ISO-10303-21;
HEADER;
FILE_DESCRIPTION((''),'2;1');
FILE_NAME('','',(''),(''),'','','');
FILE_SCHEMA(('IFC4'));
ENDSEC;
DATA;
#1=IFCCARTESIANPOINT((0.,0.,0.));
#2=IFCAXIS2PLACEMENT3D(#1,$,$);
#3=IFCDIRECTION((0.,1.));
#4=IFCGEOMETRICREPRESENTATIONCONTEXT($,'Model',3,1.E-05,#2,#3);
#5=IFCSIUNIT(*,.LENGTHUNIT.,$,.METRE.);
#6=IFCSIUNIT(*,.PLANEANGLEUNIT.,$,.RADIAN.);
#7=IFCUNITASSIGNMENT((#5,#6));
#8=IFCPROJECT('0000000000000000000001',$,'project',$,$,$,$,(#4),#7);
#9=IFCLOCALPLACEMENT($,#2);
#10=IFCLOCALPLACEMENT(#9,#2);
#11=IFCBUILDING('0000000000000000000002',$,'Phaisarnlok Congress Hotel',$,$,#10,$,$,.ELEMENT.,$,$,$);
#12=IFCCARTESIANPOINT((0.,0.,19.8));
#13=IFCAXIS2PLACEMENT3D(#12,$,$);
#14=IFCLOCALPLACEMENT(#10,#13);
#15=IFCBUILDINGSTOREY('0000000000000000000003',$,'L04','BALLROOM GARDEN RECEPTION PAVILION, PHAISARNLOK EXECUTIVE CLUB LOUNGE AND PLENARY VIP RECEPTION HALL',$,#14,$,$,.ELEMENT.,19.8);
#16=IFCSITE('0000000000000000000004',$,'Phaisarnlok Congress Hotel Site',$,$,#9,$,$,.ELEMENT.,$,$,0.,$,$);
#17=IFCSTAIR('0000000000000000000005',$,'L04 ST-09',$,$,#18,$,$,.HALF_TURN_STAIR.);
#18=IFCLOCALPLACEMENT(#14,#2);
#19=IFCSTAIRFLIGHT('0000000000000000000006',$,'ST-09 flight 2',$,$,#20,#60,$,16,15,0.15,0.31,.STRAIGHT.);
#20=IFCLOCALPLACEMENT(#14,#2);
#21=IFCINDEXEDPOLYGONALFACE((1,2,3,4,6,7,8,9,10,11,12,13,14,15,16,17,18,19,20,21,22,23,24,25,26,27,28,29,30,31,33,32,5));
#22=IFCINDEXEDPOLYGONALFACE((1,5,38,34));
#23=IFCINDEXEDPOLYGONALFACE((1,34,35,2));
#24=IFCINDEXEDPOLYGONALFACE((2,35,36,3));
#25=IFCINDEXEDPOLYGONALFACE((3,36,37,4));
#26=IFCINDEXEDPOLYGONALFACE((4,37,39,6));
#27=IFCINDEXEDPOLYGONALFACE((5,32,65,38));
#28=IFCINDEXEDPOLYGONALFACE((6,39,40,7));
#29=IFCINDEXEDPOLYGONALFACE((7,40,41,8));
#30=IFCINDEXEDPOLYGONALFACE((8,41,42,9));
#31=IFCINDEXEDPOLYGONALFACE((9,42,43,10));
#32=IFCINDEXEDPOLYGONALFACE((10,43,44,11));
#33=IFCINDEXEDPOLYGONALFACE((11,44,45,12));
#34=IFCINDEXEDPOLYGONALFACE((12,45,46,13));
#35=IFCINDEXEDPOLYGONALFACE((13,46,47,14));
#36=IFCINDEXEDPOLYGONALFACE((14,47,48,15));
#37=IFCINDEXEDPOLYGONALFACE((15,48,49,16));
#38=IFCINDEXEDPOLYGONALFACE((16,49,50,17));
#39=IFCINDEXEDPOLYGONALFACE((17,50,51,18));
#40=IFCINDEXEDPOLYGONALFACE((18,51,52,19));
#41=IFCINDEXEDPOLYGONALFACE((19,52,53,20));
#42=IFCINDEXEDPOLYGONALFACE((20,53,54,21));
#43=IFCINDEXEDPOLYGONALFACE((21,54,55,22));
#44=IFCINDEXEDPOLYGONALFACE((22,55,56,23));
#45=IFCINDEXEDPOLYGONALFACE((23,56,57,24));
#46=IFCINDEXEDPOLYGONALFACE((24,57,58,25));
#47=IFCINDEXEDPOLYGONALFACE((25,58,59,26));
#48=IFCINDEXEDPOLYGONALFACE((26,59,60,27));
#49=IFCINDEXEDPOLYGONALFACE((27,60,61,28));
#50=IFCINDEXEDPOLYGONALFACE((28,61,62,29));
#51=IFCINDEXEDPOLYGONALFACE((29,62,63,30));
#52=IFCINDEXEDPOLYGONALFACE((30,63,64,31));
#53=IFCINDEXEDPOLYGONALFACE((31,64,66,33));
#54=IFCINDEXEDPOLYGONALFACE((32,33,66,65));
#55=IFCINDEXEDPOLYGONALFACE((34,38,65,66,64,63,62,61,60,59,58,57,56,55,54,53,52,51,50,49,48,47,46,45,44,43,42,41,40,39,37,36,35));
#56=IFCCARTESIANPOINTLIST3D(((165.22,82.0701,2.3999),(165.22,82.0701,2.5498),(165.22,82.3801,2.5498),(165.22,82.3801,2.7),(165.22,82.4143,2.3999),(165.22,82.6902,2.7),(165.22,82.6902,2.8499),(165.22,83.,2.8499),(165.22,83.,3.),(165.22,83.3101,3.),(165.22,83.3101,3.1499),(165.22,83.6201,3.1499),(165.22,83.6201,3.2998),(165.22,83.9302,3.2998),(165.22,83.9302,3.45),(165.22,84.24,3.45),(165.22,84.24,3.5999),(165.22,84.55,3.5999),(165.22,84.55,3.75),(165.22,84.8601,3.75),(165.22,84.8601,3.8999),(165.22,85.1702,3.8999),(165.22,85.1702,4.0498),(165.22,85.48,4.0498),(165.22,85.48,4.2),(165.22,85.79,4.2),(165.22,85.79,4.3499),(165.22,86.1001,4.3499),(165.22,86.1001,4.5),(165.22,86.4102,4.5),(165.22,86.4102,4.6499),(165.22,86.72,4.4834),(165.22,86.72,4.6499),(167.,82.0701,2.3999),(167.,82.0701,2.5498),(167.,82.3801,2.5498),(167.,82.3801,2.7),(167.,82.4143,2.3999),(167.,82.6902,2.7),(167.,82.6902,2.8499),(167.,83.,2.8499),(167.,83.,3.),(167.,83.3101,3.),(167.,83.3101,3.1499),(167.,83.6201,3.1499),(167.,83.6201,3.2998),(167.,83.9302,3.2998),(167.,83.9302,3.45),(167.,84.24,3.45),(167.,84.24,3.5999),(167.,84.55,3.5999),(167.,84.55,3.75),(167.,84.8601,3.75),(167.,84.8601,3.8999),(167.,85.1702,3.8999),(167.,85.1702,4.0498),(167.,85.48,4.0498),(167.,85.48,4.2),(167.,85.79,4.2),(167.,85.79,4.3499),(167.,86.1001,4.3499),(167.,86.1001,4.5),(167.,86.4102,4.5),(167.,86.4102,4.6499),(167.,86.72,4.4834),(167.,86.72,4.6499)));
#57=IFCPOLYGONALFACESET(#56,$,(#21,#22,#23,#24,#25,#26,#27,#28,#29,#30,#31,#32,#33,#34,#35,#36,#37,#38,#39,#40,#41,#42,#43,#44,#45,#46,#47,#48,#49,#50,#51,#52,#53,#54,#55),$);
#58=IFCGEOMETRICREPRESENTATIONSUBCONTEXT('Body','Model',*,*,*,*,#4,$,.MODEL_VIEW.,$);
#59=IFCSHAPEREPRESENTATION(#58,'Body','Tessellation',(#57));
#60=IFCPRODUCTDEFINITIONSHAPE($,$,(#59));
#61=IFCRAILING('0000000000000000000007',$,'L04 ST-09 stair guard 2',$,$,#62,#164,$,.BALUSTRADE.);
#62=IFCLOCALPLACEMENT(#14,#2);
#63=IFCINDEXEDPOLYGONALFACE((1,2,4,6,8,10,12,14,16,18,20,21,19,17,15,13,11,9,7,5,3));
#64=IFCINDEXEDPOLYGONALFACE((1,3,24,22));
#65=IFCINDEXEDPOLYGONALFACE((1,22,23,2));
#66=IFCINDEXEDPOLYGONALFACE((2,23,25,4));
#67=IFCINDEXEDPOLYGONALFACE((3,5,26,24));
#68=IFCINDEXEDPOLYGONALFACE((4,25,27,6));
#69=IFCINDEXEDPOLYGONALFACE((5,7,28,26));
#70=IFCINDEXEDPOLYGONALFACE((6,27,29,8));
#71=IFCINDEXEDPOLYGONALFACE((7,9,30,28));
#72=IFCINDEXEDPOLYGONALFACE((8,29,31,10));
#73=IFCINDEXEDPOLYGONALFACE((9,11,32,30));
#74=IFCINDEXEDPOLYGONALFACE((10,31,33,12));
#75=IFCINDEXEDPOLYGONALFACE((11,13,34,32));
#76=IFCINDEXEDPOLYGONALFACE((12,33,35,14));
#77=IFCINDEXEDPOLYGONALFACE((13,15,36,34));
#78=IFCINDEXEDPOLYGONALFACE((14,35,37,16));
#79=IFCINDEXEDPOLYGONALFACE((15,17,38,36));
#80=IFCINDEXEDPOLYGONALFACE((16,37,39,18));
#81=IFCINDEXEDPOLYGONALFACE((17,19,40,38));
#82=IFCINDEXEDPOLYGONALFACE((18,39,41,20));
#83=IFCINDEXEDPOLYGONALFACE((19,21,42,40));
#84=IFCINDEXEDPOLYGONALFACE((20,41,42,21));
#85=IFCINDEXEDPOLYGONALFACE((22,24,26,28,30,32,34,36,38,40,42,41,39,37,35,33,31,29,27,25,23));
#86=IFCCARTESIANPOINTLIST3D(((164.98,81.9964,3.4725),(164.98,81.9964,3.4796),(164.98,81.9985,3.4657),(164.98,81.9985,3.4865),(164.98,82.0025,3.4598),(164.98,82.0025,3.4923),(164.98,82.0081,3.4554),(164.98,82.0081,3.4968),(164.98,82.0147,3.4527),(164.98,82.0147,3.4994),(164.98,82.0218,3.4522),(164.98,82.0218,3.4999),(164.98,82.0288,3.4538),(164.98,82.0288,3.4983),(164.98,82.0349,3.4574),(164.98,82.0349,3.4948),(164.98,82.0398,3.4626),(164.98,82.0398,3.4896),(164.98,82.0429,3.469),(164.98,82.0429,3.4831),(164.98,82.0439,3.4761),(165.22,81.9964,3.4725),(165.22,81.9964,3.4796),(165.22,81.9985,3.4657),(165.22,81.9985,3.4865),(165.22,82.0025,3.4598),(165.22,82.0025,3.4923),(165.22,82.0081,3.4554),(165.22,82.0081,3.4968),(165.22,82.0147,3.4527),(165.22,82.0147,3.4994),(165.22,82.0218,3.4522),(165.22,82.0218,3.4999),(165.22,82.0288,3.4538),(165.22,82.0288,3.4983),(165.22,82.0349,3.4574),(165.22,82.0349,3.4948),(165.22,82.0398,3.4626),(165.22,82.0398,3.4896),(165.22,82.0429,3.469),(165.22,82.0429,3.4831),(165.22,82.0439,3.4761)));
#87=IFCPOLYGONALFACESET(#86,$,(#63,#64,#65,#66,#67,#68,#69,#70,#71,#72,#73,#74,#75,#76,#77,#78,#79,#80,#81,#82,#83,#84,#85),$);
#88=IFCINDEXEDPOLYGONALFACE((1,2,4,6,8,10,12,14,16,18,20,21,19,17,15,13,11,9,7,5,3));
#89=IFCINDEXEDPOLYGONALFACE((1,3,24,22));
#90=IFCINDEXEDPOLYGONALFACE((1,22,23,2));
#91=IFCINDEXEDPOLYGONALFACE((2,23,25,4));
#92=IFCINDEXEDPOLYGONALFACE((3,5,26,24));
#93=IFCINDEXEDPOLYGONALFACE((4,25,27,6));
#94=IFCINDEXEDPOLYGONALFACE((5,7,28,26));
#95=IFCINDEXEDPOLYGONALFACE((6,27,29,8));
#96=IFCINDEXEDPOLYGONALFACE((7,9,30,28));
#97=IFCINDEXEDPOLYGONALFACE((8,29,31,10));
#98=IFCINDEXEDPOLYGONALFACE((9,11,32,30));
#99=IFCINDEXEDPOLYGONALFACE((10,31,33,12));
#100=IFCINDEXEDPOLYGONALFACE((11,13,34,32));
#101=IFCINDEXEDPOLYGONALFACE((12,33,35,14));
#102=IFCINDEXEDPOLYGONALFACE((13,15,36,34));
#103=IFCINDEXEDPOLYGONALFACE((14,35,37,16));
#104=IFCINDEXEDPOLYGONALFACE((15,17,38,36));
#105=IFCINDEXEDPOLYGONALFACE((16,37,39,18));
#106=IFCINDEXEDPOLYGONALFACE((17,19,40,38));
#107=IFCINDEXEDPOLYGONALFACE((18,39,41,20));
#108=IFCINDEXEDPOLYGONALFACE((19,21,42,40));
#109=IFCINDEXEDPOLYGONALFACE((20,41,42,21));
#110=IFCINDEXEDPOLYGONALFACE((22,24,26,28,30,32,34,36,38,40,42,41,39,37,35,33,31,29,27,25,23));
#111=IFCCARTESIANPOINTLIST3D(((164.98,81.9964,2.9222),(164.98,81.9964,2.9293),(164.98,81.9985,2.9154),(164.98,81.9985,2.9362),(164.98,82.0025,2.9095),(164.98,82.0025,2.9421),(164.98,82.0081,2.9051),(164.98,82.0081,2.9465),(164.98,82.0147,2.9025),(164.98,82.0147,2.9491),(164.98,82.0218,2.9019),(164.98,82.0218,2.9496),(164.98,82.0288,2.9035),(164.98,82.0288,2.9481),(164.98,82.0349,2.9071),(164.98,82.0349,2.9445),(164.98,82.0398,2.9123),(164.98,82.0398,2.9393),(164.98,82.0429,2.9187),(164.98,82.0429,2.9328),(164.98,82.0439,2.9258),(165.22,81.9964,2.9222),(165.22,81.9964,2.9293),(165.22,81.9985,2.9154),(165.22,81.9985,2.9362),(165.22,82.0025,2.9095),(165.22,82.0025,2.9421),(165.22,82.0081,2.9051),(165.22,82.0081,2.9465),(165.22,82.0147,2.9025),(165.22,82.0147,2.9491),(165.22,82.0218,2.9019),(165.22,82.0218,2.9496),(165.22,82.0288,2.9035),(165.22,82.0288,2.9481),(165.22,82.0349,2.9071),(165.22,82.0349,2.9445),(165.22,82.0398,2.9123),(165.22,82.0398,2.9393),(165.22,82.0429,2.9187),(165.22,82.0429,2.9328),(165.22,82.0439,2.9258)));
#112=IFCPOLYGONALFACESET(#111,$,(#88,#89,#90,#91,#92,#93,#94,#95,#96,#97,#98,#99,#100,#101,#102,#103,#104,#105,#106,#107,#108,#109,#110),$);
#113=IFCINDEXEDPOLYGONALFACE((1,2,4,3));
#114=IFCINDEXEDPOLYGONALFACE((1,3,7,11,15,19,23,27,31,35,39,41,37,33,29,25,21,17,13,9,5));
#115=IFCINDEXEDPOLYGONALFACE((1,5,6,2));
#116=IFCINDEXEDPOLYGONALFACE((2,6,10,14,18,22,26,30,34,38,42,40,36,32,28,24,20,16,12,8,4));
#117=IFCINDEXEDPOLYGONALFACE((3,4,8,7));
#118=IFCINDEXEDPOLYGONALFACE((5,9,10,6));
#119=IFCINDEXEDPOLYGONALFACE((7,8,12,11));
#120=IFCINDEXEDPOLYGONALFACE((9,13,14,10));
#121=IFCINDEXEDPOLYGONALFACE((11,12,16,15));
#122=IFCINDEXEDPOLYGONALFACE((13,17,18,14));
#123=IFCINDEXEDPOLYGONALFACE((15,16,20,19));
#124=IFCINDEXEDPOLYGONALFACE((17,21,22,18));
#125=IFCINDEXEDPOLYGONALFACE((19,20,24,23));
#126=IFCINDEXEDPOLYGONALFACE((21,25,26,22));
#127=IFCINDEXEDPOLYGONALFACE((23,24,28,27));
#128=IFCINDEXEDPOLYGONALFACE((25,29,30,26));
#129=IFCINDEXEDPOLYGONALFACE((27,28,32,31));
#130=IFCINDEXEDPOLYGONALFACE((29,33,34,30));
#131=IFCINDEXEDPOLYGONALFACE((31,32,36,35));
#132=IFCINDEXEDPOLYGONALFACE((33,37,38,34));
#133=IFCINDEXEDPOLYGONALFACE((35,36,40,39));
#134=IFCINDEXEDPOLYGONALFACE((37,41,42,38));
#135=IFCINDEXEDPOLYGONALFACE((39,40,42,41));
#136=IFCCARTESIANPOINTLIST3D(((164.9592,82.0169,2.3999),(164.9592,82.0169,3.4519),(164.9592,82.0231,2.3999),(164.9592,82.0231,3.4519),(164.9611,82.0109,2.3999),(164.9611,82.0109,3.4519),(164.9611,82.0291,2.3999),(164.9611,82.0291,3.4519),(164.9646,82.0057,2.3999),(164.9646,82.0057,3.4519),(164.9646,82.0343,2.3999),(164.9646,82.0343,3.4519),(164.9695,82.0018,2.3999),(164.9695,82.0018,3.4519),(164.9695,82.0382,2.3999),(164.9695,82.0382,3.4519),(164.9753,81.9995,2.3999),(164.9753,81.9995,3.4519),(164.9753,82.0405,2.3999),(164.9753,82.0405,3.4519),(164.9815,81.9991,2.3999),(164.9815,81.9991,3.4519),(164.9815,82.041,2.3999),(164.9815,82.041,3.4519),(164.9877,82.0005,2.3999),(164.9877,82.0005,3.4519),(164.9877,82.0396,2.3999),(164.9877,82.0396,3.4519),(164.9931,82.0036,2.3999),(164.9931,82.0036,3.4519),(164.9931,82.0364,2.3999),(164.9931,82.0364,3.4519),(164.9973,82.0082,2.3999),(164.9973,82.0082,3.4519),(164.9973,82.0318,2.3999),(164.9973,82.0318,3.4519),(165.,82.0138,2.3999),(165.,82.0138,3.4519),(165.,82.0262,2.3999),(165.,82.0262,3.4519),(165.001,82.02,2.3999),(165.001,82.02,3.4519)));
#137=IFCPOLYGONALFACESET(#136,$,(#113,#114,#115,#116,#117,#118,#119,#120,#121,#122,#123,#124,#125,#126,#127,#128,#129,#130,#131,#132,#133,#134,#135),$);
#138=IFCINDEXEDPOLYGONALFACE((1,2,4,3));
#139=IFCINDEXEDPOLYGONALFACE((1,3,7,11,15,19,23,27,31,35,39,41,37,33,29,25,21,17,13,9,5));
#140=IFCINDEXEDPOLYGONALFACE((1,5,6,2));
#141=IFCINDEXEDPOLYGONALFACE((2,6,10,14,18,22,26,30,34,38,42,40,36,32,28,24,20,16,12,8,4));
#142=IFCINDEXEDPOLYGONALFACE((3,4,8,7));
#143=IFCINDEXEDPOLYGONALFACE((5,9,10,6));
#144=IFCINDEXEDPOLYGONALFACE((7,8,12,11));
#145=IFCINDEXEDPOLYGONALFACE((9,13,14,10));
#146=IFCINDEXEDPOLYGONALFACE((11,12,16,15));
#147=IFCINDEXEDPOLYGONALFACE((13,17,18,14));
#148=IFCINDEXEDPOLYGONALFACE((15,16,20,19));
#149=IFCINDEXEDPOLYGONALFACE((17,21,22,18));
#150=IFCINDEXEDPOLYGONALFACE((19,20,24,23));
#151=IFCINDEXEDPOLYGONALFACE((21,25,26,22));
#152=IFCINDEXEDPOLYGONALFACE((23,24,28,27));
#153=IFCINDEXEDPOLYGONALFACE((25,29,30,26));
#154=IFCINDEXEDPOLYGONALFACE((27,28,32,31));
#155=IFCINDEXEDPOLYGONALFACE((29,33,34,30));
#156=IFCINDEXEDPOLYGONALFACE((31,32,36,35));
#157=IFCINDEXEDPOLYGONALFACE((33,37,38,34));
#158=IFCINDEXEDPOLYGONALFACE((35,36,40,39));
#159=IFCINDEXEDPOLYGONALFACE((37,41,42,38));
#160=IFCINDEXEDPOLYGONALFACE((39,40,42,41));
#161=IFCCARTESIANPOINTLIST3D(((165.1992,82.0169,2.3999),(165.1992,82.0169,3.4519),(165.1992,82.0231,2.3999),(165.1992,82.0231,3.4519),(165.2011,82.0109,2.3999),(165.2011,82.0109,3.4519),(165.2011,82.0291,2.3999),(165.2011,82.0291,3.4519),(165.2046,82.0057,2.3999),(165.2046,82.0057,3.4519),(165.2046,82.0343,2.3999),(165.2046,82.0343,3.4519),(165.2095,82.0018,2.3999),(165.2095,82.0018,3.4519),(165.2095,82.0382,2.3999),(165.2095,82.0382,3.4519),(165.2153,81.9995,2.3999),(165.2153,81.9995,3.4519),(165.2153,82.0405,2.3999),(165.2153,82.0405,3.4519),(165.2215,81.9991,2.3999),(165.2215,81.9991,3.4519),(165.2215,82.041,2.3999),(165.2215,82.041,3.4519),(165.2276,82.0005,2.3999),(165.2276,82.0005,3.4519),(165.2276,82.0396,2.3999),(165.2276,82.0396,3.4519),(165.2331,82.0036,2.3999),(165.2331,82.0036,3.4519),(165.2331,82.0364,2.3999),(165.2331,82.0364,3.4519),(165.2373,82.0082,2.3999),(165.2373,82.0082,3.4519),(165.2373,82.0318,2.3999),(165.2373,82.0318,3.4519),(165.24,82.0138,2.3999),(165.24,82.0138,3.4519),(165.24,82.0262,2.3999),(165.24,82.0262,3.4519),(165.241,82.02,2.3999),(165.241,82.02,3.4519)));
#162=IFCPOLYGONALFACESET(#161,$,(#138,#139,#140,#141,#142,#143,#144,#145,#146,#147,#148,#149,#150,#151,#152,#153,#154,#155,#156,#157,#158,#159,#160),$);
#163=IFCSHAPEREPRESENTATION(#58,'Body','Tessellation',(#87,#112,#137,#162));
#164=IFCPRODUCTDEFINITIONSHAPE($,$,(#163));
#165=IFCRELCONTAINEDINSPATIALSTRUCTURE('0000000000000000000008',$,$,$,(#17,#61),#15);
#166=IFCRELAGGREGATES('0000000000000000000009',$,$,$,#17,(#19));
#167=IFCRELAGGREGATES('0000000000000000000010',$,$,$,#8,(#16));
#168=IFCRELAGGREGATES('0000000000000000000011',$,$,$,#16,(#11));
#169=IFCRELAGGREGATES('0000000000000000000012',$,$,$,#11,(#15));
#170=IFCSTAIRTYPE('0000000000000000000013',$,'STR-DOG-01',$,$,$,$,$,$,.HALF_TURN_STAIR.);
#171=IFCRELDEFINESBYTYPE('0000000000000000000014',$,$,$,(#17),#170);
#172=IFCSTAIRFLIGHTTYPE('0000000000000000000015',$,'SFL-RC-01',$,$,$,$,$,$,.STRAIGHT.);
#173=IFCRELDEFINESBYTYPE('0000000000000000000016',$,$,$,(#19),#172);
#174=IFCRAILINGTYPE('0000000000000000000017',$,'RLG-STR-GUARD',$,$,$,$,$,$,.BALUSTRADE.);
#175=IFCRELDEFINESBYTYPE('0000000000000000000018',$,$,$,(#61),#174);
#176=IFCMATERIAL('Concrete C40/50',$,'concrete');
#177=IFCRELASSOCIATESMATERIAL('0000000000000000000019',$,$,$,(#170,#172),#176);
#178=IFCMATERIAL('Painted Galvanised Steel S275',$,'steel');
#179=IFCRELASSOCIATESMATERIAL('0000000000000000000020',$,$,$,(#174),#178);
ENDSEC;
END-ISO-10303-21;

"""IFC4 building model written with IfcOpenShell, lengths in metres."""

from ifc_helpers import new_model, si_unit, direction, frame, origin, origin_2d, place, context, subcontext, project, spatial, polyline, circle, outline, extrude, material, type_object, element, aggregate, save


model = new_model("IFC4")

# Units and contexts
model_context = context("Model", 3, precision=1e-05, world=origin(), true_north=direction((0.0, 1.0)))
body_context = subcontext(model_context, "Body", "Model", "MODEL_VIEW")
ifc_project = project(units=[si_unit("LENGTHUNIT", "METRE"), si_unit("PLANEANGLEUNIT", "RADIAN")], contexts=[model_context])

# Site, building, storey
site_placement = place(None, origin())
site = spatial("IfcSite", under=ifc_project, at=site_placement, Name="Phaisarnlok Congress Hotel Site", CompositionType="ELEMENT", RefElevation=0.0)
building_placement = place(site_placement, origin())
building = spatial("IfcBuilding", under=site, at=building_placement, Name="Phaisarnlok Congress Hotel", CompositionType="ELEMENT")
storey_placement = place(building_placement, frame((0.0, 0.0, 19.8)))
storey = spatial("IfcBuildingStorey", under=building, at=storey_placement, Name="L04", Description="BALLROOM GARDEN RECEPTION PAVILION, PHAISARNLOK EXECUTIVE CLUB LOUNGE AND PLENARY VIP RECEPTION HALL", CompositionType="ELEMENT", Elevation=19.8)

# Shared definitions
ifc_material_1 = material(Name="Concrete C40/50", Category="concrete")

# Stair, stair flight
stair_type = type_object("IfcStairType", Name="STR-DOG-01", PredefinedType="HALF_TURN_STAIR", material=ifc_material_1)
stair_placement = place(storey_placement, origin())
stair = element("IfcStair", 1, at=stair_placement, inside=storey, type_object=stair_type, Name="L04 ST-09", PredefinedType="HALF_TURN_STAIR")
stair_flight_type = type_object("IfcStairFlightType", Name="SFL-RC-01", PredefinedType="STRAIGHT", material=ifc_material_1)
stair_flight_placement = place(storey_placement, frame((166.1101, 82.0701, 2.3999), z_axis=(0.0, 0.0, 1.0), x_axis=(0.0, 1.0, 0.0)))
stair_flight = element("IfcStairFlight", 2, at=stair_flight_placement, type_object=stair_flight_type, Name="ST-09 flight 2", NumberOfRisers=16, NumberOfTreads=15, PredefinedType="STRAIGHT", RiserHeight=0.15, TreadLength=0.31, context=body_context, shape_type="SweptSolid", body=[
    extrude(outline(polyline([(0.0, 0.0), (0.0, 0.1499), (0.3101, 0.1499), (0.3101, 0.3), (0.6201, 0.3), (0.6201, 0.45), (0.9299, 0.45), (0.9299, 0.6001), (1.24, 0.6001), (1.24, 0.75), (1.55, 0.75), (1.55, 0.8999), (1.8601, 0.8999), (1.8601, 1.05), (2.1699, 1.05), (2.1699, 1.2), (2.48, 1.2), (2.48, 1.3501), (2.79, 1.3501), (2.79, 1.5), (3.1001, 1.5), (3.1001, 1.6499), (3.4099, 1.6499), (3.4099, 1.8), (3.72, 1.8), (3.72, 1.95), (4.03, 1.95), (4.03, 2.1001), (4.3401, 2.1001), (4.3401, 2.25), (4.6499, 2.25), (4.6499, 2.3999), (4.6499, 2.0835), (0.3442, 0.0), (0.0, 0.0)])), frame((0.0, 0.8901, 0.0), z_axis=(0.0, -1.0, 0.0), x_axis=(1.0, 0.0, 0.0)), (0.0, 0.0, 1.0), 1.78),
])
aggregate(stair, [stair_flight])

# Railing
ifc_material_2 = material(Name="Painted Galvanised Steel S275", Category="steel")
railing_type_1 = type_object("IfcRailingType", Name="RLG-STR-GUARD", PredefinedType="BALUSTRADE", material=ifc_material_2)
railing_1_placement = place(storey_placement, frame((164.98, 82.02, 2.3999)))
element("IfcRailing", 3, at=railing_1_placement, inside=storey, type_object=railing_type_1, Name="L04 ST-09 stair guard 2", PredefinedType="BALUSTRADE", context=body_context, shape_type="SweptSolid", body=[
    extrude(circle(Radius=0.0239, at=origin_2d()), frame((0.0, 0.0, 1.0762), z_axis=(1.0, 0.0, 0.0), x_axis=(0.0, 1.0, 0.0)), (0.0, 0.0, 1.0), 0.24),
    extrude(circle(Radius=0.0239, at=origin_2d()), frame((0.0, 0.0, 0.5259), z_axis=(1.0, 0.0, 0.0), x_axis=(0.0, 1.0, 0.0)), (0.0, 0.0, 1.0), 0.24),
    extrude(circle(Radius=0.021, at=origin_2d()), origin(), (0.0, 0.0, 1.0), 1.052),
    extrude(circle(Radius=0.021, at=origin_2d()), frame((0.24, 0.0, 0.0)), (0.0, 0.0, 1.0), 1.052),
])

save(model, "model.ifc")
